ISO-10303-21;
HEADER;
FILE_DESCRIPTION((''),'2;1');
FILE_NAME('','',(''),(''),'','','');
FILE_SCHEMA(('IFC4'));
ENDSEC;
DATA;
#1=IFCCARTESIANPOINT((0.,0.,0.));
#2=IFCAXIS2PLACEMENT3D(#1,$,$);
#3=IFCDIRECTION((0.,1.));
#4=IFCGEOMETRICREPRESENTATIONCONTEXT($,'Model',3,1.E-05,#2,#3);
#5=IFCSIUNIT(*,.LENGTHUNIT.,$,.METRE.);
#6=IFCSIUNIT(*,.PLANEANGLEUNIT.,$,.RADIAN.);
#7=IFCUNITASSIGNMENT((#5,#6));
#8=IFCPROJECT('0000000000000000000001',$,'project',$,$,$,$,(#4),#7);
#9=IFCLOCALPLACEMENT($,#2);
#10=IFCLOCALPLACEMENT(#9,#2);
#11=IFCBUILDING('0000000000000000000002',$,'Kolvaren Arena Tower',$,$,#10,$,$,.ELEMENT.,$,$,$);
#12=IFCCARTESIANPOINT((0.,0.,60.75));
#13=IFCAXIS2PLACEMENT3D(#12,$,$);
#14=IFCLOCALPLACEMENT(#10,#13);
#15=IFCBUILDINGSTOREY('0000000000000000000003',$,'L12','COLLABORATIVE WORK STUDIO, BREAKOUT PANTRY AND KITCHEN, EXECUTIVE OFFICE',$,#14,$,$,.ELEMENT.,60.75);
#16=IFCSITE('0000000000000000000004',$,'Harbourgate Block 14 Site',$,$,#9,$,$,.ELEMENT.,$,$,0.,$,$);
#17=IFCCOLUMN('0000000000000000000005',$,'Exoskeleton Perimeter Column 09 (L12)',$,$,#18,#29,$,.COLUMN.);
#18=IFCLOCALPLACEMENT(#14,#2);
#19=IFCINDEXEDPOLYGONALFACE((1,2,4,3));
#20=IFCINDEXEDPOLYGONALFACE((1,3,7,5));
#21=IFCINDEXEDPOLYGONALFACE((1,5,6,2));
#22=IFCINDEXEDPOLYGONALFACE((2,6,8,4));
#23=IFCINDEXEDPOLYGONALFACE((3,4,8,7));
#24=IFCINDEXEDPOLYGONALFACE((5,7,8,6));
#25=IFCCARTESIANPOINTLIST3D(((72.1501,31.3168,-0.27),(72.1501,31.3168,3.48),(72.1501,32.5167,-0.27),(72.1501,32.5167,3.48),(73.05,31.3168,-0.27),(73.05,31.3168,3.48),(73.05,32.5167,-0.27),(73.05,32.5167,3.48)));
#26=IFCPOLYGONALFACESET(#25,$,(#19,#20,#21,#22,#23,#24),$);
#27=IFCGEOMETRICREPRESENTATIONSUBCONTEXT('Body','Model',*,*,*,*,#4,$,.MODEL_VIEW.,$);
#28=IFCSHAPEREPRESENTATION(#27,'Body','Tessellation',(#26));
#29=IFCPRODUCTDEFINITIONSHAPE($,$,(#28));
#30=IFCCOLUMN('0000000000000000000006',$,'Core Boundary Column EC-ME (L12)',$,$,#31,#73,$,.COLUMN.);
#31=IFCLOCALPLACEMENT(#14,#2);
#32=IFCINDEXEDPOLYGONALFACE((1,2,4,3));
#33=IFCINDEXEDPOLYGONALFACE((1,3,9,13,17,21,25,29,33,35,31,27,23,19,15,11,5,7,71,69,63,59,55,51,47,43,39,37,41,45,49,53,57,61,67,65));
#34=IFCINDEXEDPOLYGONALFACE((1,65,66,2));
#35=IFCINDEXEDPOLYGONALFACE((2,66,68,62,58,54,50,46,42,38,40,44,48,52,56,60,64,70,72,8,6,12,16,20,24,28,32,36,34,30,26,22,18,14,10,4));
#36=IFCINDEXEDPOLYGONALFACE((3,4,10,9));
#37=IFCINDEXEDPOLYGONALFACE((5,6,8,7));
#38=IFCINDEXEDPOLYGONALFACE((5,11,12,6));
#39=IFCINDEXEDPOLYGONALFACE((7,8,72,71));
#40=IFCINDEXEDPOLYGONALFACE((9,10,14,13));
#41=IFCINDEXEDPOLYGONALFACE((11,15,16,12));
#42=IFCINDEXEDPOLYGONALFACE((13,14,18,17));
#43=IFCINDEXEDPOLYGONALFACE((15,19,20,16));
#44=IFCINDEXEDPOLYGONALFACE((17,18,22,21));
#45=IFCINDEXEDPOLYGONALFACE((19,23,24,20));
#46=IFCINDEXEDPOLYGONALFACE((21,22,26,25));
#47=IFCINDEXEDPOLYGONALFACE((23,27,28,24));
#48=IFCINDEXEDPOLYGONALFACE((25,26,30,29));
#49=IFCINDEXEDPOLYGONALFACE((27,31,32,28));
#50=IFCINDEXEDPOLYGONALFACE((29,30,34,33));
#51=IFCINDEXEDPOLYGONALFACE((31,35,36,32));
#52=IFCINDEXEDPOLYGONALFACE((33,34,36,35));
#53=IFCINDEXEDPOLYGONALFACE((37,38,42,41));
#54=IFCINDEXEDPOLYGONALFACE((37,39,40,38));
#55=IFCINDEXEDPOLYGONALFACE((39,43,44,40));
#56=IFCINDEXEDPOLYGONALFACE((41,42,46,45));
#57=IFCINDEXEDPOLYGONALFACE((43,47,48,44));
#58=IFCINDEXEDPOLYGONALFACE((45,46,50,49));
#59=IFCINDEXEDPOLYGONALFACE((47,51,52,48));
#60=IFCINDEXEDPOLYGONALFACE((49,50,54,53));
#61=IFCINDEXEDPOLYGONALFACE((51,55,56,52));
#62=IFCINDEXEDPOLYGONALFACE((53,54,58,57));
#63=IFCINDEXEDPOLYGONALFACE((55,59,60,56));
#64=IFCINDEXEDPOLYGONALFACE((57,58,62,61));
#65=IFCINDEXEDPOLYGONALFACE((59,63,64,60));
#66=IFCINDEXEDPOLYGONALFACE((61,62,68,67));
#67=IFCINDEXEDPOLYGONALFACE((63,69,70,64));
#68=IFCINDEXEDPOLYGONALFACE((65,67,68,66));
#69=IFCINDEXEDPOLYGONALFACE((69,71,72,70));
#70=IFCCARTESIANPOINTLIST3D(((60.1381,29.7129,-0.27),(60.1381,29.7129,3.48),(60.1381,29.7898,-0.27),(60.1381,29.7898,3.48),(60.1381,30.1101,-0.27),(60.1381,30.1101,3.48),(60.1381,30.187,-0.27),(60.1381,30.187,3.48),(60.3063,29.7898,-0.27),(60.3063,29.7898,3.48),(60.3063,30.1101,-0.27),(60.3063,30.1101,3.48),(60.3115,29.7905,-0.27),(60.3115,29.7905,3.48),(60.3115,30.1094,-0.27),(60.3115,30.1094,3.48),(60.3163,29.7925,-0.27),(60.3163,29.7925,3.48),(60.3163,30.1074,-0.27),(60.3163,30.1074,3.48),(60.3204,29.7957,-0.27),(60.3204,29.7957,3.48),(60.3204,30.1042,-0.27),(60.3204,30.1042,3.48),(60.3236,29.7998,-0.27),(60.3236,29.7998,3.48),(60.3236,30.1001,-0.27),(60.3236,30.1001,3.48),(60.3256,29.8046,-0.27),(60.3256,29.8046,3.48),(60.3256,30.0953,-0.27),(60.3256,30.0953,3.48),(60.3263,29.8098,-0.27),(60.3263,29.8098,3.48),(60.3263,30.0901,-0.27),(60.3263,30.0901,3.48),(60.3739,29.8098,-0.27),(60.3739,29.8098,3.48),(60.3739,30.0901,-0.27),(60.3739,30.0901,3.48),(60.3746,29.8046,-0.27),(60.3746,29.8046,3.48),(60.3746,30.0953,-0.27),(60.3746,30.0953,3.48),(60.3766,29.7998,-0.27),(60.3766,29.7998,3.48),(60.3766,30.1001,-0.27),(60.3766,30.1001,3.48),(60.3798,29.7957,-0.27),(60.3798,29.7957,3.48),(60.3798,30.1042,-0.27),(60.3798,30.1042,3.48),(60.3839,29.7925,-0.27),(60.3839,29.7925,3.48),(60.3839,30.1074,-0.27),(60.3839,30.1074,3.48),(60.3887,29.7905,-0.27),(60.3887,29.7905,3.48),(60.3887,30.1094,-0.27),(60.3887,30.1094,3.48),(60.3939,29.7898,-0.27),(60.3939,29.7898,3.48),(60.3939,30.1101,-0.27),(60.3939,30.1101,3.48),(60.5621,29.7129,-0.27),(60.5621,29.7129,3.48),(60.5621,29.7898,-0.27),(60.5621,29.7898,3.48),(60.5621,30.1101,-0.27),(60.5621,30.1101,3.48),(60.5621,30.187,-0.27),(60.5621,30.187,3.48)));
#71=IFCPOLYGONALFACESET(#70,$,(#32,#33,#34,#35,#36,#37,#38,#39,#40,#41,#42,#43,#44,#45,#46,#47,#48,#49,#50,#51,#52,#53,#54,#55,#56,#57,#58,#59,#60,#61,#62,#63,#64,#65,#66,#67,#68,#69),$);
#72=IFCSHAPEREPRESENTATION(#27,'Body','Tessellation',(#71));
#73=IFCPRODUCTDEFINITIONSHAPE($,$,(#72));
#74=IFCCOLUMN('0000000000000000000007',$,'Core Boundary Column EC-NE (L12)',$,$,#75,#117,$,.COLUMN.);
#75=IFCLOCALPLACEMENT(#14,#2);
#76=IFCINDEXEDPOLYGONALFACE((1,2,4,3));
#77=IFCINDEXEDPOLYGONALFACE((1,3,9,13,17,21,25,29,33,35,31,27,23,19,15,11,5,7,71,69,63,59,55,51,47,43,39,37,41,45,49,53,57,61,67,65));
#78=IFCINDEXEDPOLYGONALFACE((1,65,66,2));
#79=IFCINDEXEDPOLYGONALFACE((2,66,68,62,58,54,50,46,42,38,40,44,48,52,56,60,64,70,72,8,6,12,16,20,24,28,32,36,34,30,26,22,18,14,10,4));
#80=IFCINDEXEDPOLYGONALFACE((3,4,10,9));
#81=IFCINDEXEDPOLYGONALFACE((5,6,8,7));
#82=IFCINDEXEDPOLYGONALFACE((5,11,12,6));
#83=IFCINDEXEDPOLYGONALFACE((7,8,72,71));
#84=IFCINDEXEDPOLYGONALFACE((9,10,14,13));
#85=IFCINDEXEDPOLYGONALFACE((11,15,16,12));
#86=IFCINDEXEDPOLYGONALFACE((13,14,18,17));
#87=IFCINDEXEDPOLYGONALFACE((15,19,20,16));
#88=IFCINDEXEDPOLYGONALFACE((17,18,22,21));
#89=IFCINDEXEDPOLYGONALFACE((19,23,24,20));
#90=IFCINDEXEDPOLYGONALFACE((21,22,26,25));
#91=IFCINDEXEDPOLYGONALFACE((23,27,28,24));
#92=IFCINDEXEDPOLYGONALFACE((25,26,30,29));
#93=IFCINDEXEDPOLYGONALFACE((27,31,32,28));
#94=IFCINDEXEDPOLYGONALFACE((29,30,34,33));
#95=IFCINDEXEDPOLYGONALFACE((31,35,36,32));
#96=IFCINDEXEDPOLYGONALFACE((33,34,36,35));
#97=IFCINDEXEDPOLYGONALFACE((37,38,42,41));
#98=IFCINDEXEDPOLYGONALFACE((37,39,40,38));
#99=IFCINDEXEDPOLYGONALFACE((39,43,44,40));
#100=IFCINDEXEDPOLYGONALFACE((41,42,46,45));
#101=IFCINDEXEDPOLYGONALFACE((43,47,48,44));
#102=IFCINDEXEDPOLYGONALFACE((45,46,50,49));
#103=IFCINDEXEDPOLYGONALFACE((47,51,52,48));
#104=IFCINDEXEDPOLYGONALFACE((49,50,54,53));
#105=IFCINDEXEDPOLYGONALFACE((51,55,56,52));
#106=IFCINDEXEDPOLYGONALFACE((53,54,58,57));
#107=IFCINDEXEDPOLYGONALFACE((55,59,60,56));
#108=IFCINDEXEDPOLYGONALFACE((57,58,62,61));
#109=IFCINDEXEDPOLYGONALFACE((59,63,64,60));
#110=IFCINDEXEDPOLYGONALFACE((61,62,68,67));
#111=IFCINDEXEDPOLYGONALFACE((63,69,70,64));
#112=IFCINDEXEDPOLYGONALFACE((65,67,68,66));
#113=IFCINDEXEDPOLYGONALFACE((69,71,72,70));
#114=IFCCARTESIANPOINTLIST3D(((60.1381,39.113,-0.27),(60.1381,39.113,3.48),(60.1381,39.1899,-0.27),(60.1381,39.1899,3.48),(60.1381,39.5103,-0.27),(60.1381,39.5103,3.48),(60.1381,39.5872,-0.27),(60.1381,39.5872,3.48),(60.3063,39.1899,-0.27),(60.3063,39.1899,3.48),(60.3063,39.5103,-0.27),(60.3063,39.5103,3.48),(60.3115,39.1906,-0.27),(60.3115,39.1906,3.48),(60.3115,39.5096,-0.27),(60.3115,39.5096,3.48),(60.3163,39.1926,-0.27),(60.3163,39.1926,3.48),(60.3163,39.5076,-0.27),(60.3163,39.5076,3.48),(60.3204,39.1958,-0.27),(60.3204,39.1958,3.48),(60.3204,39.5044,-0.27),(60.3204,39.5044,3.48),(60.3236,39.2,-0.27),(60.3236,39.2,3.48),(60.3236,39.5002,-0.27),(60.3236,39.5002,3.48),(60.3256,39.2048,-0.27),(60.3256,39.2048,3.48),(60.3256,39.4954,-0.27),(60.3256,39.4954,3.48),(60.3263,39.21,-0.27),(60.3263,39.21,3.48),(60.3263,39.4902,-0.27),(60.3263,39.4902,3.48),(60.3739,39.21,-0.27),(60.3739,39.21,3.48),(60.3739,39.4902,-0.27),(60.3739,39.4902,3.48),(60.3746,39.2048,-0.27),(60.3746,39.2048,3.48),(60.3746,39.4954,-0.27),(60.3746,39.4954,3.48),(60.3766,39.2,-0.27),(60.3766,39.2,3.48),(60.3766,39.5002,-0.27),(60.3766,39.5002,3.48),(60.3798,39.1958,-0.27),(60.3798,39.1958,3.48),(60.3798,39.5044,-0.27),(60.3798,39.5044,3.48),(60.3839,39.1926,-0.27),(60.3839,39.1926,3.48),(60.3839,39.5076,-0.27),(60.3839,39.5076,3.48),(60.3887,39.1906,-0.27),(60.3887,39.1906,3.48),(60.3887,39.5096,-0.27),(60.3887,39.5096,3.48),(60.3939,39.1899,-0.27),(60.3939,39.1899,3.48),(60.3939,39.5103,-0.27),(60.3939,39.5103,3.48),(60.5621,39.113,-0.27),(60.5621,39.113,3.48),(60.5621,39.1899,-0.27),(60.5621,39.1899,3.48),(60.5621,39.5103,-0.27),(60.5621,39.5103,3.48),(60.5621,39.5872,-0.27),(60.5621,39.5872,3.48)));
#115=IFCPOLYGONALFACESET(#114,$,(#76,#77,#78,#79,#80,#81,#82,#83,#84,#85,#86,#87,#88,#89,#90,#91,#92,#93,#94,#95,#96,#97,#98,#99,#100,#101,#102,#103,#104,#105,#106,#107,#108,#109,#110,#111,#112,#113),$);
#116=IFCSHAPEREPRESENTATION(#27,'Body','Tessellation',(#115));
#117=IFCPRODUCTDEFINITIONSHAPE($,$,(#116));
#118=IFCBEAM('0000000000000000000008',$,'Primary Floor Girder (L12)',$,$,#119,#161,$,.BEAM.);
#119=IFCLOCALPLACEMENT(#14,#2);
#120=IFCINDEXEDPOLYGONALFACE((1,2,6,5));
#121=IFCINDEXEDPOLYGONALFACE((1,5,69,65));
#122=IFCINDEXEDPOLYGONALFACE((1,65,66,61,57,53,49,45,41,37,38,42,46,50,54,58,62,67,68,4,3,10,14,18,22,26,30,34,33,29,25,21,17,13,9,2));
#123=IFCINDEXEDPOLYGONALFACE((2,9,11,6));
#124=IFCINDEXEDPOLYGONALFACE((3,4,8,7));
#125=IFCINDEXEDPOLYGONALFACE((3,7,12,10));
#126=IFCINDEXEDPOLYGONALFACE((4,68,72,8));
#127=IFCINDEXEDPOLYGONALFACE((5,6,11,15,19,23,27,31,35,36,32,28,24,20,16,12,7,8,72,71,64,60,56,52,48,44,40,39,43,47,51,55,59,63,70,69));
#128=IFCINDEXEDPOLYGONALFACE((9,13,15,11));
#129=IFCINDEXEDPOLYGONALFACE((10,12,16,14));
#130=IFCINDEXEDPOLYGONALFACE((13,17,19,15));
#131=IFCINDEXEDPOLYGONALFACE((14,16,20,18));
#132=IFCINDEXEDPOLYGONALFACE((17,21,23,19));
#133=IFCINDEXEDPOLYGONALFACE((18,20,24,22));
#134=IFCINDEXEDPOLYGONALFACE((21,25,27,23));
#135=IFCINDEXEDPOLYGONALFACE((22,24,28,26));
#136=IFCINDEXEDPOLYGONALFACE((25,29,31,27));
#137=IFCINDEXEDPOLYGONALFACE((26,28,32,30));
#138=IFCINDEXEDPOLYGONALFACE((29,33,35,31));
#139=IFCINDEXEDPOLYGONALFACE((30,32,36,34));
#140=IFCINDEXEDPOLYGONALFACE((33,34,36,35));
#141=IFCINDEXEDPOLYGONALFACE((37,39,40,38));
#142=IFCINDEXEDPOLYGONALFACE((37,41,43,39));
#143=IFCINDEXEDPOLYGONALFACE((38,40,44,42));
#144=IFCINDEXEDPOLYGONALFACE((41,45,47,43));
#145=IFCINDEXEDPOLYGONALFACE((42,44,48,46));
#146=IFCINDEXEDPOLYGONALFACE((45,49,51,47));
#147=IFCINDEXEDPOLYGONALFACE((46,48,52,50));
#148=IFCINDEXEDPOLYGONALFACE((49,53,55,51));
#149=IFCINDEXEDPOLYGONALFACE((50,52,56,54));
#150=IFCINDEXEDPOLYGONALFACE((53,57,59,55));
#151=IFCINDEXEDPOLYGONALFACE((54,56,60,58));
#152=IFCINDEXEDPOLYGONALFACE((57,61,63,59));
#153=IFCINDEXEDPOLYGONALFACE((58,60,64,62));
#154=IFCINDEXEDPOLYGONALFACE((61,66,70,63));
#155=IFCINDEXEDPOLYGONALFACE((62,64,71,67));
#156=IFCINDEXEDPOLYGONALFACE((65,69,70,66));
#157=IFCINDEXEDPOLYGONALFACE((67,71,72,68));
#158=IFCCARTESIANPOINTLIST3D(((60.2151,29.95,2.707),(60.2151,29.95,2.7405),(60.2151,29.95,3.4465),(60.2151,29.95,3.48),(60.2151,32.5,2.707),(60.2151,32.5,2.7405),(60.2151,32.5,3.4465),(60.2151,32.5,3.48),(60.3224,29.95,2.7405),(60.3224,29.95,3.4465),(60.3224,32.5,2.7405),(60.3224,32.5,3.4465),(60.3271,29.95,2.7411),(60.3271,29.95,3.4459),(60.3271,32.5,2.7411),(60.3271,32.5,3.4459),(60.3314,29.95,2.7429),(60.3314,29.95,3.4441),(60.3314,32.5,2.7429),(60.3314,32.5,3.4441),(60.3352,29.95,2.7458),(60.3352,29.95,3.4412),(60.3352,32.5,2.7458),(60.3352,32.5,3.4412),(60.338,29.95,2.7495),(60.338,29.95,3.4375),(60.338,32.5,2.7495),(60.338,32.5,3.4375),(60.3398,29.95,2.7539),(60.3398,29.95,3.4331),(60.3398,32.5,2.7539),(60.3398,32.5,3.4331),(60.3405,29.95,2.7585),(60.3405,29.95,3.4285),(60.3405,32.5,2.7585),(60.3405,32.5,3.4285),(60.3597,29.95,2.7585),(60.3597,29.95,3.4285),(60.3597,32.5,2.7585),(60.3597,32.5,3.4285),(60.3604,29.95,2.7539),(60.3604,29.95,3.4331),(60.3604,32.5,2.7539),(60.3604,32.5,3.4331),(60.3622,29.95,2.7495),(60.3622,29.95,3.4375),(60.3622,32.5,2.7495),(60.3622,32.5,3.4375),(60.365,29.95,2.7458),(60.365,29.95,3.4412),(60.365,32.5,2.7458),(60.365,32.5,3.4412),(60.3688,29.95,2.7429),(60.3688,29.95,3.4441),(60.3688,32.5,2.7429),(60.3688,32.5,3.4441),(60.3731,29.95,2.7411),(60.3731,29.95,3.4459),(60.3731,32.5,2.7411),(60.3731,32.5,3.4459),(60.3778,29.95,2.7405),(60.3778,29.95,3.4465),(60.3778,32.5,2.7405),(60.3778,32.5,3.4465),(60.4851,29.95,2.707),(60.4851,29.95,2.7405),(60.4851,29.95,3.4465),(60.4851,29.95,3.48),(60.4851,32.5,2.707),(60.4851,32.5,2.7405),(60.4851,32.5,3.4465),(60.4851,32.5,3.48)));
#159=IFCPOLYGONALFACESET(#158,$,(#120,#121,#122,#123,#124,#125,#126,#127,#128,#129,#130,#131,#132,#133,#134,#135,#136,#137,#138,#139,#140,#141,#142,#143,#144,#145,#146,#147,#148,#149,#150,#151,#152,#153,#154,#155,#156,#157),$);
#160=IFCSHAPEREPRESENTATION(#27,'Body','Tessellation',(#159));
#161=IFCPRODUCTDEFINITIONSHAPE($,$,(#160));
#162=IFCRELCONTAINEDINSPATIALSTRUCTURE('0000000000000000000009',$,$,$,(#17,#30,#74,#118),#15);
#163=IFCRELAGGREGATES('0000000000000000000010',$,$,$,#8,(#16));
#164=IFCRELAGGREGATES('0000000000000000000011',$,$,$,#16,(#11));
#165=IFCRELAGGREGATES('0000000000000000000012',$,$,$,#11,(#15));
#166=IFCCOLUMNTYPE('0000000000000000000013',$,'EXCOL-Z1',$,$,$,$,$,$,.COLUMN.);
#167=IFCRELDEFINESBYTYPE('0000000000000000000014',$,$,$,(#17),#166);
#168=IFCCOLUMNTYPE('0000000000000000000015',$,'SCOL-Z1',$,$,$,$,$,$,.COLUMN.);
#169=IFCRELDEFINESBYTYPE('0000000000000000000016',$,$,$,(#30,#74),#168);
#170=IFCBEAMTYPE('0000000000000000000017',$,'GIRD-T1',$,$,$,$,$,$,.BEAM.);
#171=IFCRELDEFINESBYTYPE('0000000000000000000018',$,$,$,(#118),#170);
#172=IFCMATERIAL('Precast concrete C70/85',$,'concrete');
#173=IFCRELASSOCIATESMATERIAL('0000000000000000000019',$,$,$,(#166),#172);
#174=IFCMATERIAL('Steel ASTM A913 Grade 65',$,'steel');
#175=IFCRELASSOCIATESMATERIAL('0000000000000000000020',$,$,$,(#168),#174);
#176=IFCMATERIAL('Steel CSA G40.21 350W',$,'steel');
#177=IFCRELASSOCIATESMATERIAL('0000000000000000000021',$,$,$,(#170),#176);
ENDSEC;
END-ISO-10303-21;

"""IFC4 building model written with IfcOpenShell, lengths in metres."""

from ifc_helpers import new_model, si_unit, direction, frame, origin, origin_2d, place, context, subcontext, project, spatial, rectangle, i_section, extrude, material, material_profile, profile_set, type_object, element, save


model = new_model("IFC4")

# Units and contexts
model_context = context("Model", 3, precision=1e-05, world=origin(), true_north=direction((0.0, 1.0)))
body_context = subcontext(model_context, "Body", "Model", "MODEL_VIEW")
ifc_project = project(units=[si_unit("LENGTHUNIT", "METRE"), si_unit("PLANEANGLEUNIT", "RADIAN")], contexts=[model_context])

# Site, building, storey
site_placement = place(None, origin())
site = spatial("IfcSite", under=ifc_project, at=site_placement, Name="Harbourgate Block 14 Site", CompositionType="ELEMENT", RefElevation=0.0)
building_placement = place(site_placement, origin())
building = spatial("IfcBuilding", under=site, at=building_placement, Name="Kolvaren Arena Tower", CompositionType="ELEMENT")
storey_placement = place(building_placement, frame((0.0, 0.0, 60.75)))
storey = spatial("IfcBuildingStorey", under=building, at=storey_placement, Name="L12", Description="COLLABORATIVE WORK STUDIO, BREAKOUT PANTRY AND KITCHEN, EXECUTIVE OFFICE", CompositionType="ELEMENT", Elevation=60.75)

# Columns
ifc_material_1 = material(Name="Precast concrete C70/85", Category="concrete")
ifc_material_profile_1 = material_profile(ifc_material_1, rectangle(XDim=1.2, YDim=0.8999, at=origin_2d()), Name="RC-1200x900")
ifc_profile_set_1 = profile_set([ifc_material_profile_1], Name="Precast concrete C70/85")
column_type_1 = type_object("IfcColumnType", Name="EXCOL-Z1", PredefinedType="COLUMN", material=ifc_profile_set_1)
column_placement = place(storey_placement, frame((72.6001, 31.9167, -0.27), z_axis=(0.0, 0.0, 1.0), x_axis=(0.0, 1.0, 0.0)))
element("IfcColumn", 1, at=column_placement, inside=storey, type_object=column_type_1, Name="Exoskeleton Perimeter Column 09 (L12)", PredefinedType="COLUMN", context=body_context, shape_type="SweptSolid", body=[
    extrude(rectangle(XDim=1.2, YDim=0.8999, at=origin_2d()), origin(), (0.0, 0.0, 1.0), 3.75),
])
ifc_material_2 = material(Name="Steel ASTM A913 Grade 65", Category="steel")
ifc_material_profile_2 = material_profile(ifc_material_2, i_section(OverallWidth=0.4241, OverallDepth=0.4741, WebThickness=0.0476, FlangeThickness=0.0769, FilletRadius=0.02, at=origin_2d()), Name="W360x634")
ifc_profile_set_2 = profile_set([ifc_material_profile_2], Name="Steel ASTM A913 Grade 65")
column_type_2 = type_object("IfcColumnType", Name="SCOL-Z1", PredefinedType="COLUMN", material=ifc_profile_set_2)
for number, where, z_axis, x_axis, name in (
    (2, (60.3501, 29.95, -0.27), (0.0, 0.0, 1.0), (1.0, 0.0, 0.0), "Core Boundary Column EC-ME (L12)"),
    (3, (60.3501, 39.3501, -0.27), (0.0, 0.0, 1.0), (1.0, 0.0, 0.0), "Core Boundary Column EC-NE (L12)"),
):
    element("IfcColumn", number, at=place(storey_placement, frame(where, z_axis=z_axis, x_axis=x_axis)), inside=storey, type_object=column_type_2, Name=name, PredefinedType="COLUMN", context=body_context, shape_type="SweptSolid", body=[
        extrude(i_section(OverallWidth=0.4241, OverallDepth=0.4741, WebThickness=0.0476, FlangeThickness=0.0769, FilletRadius=0.02, at=origin_2d()), origin(), (0.0, 0.0, 1.0), 3.75),
    ])

# Beam
ifc_material_3 = material(Name="Steel CSA G40.21 350W", Category="steel")
ifc_material_profile_3 = material_profile(ifc_material_3, i_section(OverallWidth=0.27, OverallDepth=0.7729, WebThickness=0.0193, FlangeThickness=0.0334, FilletRadius=0.0181, at=origin_2d()), Name="W760x257")
ifc_profile_set_3 = profile_set([ifc_material_profile_3], Name="Steel CSA G40.21 350W")
beam_type_1 = type_object("IfcBeamType", Name="GIRD-T1", PredefinedType="BEAM", material=ifc_profile_set_3)
beam_1_placement = place(storey_placement, frame((60.3501, 29.95, 3.0935), z_axis=(0.0, 1.0, 0.0), x_axis=(-1.0, 0.0, 0.0)))
element("IfcBeam", 4, at=beam_1_placement, inside=storey, type_object=beam_type_1, Name="Primary Floor Girder (L12)", PredefinedType="BEAM", context=body_context, shape_type="SweptSolid", body=[
    extrude(i_section(OverallWidth=0.27, OverallDepth=0.7729, WebThickness=0.0193, FlangeThickness=0.0334, FilletRadius=0.0181, at=origin_2d()), origin(), (0.0, 0.0, 1.0), 2.55),
])

save(model, "model.ifc")
